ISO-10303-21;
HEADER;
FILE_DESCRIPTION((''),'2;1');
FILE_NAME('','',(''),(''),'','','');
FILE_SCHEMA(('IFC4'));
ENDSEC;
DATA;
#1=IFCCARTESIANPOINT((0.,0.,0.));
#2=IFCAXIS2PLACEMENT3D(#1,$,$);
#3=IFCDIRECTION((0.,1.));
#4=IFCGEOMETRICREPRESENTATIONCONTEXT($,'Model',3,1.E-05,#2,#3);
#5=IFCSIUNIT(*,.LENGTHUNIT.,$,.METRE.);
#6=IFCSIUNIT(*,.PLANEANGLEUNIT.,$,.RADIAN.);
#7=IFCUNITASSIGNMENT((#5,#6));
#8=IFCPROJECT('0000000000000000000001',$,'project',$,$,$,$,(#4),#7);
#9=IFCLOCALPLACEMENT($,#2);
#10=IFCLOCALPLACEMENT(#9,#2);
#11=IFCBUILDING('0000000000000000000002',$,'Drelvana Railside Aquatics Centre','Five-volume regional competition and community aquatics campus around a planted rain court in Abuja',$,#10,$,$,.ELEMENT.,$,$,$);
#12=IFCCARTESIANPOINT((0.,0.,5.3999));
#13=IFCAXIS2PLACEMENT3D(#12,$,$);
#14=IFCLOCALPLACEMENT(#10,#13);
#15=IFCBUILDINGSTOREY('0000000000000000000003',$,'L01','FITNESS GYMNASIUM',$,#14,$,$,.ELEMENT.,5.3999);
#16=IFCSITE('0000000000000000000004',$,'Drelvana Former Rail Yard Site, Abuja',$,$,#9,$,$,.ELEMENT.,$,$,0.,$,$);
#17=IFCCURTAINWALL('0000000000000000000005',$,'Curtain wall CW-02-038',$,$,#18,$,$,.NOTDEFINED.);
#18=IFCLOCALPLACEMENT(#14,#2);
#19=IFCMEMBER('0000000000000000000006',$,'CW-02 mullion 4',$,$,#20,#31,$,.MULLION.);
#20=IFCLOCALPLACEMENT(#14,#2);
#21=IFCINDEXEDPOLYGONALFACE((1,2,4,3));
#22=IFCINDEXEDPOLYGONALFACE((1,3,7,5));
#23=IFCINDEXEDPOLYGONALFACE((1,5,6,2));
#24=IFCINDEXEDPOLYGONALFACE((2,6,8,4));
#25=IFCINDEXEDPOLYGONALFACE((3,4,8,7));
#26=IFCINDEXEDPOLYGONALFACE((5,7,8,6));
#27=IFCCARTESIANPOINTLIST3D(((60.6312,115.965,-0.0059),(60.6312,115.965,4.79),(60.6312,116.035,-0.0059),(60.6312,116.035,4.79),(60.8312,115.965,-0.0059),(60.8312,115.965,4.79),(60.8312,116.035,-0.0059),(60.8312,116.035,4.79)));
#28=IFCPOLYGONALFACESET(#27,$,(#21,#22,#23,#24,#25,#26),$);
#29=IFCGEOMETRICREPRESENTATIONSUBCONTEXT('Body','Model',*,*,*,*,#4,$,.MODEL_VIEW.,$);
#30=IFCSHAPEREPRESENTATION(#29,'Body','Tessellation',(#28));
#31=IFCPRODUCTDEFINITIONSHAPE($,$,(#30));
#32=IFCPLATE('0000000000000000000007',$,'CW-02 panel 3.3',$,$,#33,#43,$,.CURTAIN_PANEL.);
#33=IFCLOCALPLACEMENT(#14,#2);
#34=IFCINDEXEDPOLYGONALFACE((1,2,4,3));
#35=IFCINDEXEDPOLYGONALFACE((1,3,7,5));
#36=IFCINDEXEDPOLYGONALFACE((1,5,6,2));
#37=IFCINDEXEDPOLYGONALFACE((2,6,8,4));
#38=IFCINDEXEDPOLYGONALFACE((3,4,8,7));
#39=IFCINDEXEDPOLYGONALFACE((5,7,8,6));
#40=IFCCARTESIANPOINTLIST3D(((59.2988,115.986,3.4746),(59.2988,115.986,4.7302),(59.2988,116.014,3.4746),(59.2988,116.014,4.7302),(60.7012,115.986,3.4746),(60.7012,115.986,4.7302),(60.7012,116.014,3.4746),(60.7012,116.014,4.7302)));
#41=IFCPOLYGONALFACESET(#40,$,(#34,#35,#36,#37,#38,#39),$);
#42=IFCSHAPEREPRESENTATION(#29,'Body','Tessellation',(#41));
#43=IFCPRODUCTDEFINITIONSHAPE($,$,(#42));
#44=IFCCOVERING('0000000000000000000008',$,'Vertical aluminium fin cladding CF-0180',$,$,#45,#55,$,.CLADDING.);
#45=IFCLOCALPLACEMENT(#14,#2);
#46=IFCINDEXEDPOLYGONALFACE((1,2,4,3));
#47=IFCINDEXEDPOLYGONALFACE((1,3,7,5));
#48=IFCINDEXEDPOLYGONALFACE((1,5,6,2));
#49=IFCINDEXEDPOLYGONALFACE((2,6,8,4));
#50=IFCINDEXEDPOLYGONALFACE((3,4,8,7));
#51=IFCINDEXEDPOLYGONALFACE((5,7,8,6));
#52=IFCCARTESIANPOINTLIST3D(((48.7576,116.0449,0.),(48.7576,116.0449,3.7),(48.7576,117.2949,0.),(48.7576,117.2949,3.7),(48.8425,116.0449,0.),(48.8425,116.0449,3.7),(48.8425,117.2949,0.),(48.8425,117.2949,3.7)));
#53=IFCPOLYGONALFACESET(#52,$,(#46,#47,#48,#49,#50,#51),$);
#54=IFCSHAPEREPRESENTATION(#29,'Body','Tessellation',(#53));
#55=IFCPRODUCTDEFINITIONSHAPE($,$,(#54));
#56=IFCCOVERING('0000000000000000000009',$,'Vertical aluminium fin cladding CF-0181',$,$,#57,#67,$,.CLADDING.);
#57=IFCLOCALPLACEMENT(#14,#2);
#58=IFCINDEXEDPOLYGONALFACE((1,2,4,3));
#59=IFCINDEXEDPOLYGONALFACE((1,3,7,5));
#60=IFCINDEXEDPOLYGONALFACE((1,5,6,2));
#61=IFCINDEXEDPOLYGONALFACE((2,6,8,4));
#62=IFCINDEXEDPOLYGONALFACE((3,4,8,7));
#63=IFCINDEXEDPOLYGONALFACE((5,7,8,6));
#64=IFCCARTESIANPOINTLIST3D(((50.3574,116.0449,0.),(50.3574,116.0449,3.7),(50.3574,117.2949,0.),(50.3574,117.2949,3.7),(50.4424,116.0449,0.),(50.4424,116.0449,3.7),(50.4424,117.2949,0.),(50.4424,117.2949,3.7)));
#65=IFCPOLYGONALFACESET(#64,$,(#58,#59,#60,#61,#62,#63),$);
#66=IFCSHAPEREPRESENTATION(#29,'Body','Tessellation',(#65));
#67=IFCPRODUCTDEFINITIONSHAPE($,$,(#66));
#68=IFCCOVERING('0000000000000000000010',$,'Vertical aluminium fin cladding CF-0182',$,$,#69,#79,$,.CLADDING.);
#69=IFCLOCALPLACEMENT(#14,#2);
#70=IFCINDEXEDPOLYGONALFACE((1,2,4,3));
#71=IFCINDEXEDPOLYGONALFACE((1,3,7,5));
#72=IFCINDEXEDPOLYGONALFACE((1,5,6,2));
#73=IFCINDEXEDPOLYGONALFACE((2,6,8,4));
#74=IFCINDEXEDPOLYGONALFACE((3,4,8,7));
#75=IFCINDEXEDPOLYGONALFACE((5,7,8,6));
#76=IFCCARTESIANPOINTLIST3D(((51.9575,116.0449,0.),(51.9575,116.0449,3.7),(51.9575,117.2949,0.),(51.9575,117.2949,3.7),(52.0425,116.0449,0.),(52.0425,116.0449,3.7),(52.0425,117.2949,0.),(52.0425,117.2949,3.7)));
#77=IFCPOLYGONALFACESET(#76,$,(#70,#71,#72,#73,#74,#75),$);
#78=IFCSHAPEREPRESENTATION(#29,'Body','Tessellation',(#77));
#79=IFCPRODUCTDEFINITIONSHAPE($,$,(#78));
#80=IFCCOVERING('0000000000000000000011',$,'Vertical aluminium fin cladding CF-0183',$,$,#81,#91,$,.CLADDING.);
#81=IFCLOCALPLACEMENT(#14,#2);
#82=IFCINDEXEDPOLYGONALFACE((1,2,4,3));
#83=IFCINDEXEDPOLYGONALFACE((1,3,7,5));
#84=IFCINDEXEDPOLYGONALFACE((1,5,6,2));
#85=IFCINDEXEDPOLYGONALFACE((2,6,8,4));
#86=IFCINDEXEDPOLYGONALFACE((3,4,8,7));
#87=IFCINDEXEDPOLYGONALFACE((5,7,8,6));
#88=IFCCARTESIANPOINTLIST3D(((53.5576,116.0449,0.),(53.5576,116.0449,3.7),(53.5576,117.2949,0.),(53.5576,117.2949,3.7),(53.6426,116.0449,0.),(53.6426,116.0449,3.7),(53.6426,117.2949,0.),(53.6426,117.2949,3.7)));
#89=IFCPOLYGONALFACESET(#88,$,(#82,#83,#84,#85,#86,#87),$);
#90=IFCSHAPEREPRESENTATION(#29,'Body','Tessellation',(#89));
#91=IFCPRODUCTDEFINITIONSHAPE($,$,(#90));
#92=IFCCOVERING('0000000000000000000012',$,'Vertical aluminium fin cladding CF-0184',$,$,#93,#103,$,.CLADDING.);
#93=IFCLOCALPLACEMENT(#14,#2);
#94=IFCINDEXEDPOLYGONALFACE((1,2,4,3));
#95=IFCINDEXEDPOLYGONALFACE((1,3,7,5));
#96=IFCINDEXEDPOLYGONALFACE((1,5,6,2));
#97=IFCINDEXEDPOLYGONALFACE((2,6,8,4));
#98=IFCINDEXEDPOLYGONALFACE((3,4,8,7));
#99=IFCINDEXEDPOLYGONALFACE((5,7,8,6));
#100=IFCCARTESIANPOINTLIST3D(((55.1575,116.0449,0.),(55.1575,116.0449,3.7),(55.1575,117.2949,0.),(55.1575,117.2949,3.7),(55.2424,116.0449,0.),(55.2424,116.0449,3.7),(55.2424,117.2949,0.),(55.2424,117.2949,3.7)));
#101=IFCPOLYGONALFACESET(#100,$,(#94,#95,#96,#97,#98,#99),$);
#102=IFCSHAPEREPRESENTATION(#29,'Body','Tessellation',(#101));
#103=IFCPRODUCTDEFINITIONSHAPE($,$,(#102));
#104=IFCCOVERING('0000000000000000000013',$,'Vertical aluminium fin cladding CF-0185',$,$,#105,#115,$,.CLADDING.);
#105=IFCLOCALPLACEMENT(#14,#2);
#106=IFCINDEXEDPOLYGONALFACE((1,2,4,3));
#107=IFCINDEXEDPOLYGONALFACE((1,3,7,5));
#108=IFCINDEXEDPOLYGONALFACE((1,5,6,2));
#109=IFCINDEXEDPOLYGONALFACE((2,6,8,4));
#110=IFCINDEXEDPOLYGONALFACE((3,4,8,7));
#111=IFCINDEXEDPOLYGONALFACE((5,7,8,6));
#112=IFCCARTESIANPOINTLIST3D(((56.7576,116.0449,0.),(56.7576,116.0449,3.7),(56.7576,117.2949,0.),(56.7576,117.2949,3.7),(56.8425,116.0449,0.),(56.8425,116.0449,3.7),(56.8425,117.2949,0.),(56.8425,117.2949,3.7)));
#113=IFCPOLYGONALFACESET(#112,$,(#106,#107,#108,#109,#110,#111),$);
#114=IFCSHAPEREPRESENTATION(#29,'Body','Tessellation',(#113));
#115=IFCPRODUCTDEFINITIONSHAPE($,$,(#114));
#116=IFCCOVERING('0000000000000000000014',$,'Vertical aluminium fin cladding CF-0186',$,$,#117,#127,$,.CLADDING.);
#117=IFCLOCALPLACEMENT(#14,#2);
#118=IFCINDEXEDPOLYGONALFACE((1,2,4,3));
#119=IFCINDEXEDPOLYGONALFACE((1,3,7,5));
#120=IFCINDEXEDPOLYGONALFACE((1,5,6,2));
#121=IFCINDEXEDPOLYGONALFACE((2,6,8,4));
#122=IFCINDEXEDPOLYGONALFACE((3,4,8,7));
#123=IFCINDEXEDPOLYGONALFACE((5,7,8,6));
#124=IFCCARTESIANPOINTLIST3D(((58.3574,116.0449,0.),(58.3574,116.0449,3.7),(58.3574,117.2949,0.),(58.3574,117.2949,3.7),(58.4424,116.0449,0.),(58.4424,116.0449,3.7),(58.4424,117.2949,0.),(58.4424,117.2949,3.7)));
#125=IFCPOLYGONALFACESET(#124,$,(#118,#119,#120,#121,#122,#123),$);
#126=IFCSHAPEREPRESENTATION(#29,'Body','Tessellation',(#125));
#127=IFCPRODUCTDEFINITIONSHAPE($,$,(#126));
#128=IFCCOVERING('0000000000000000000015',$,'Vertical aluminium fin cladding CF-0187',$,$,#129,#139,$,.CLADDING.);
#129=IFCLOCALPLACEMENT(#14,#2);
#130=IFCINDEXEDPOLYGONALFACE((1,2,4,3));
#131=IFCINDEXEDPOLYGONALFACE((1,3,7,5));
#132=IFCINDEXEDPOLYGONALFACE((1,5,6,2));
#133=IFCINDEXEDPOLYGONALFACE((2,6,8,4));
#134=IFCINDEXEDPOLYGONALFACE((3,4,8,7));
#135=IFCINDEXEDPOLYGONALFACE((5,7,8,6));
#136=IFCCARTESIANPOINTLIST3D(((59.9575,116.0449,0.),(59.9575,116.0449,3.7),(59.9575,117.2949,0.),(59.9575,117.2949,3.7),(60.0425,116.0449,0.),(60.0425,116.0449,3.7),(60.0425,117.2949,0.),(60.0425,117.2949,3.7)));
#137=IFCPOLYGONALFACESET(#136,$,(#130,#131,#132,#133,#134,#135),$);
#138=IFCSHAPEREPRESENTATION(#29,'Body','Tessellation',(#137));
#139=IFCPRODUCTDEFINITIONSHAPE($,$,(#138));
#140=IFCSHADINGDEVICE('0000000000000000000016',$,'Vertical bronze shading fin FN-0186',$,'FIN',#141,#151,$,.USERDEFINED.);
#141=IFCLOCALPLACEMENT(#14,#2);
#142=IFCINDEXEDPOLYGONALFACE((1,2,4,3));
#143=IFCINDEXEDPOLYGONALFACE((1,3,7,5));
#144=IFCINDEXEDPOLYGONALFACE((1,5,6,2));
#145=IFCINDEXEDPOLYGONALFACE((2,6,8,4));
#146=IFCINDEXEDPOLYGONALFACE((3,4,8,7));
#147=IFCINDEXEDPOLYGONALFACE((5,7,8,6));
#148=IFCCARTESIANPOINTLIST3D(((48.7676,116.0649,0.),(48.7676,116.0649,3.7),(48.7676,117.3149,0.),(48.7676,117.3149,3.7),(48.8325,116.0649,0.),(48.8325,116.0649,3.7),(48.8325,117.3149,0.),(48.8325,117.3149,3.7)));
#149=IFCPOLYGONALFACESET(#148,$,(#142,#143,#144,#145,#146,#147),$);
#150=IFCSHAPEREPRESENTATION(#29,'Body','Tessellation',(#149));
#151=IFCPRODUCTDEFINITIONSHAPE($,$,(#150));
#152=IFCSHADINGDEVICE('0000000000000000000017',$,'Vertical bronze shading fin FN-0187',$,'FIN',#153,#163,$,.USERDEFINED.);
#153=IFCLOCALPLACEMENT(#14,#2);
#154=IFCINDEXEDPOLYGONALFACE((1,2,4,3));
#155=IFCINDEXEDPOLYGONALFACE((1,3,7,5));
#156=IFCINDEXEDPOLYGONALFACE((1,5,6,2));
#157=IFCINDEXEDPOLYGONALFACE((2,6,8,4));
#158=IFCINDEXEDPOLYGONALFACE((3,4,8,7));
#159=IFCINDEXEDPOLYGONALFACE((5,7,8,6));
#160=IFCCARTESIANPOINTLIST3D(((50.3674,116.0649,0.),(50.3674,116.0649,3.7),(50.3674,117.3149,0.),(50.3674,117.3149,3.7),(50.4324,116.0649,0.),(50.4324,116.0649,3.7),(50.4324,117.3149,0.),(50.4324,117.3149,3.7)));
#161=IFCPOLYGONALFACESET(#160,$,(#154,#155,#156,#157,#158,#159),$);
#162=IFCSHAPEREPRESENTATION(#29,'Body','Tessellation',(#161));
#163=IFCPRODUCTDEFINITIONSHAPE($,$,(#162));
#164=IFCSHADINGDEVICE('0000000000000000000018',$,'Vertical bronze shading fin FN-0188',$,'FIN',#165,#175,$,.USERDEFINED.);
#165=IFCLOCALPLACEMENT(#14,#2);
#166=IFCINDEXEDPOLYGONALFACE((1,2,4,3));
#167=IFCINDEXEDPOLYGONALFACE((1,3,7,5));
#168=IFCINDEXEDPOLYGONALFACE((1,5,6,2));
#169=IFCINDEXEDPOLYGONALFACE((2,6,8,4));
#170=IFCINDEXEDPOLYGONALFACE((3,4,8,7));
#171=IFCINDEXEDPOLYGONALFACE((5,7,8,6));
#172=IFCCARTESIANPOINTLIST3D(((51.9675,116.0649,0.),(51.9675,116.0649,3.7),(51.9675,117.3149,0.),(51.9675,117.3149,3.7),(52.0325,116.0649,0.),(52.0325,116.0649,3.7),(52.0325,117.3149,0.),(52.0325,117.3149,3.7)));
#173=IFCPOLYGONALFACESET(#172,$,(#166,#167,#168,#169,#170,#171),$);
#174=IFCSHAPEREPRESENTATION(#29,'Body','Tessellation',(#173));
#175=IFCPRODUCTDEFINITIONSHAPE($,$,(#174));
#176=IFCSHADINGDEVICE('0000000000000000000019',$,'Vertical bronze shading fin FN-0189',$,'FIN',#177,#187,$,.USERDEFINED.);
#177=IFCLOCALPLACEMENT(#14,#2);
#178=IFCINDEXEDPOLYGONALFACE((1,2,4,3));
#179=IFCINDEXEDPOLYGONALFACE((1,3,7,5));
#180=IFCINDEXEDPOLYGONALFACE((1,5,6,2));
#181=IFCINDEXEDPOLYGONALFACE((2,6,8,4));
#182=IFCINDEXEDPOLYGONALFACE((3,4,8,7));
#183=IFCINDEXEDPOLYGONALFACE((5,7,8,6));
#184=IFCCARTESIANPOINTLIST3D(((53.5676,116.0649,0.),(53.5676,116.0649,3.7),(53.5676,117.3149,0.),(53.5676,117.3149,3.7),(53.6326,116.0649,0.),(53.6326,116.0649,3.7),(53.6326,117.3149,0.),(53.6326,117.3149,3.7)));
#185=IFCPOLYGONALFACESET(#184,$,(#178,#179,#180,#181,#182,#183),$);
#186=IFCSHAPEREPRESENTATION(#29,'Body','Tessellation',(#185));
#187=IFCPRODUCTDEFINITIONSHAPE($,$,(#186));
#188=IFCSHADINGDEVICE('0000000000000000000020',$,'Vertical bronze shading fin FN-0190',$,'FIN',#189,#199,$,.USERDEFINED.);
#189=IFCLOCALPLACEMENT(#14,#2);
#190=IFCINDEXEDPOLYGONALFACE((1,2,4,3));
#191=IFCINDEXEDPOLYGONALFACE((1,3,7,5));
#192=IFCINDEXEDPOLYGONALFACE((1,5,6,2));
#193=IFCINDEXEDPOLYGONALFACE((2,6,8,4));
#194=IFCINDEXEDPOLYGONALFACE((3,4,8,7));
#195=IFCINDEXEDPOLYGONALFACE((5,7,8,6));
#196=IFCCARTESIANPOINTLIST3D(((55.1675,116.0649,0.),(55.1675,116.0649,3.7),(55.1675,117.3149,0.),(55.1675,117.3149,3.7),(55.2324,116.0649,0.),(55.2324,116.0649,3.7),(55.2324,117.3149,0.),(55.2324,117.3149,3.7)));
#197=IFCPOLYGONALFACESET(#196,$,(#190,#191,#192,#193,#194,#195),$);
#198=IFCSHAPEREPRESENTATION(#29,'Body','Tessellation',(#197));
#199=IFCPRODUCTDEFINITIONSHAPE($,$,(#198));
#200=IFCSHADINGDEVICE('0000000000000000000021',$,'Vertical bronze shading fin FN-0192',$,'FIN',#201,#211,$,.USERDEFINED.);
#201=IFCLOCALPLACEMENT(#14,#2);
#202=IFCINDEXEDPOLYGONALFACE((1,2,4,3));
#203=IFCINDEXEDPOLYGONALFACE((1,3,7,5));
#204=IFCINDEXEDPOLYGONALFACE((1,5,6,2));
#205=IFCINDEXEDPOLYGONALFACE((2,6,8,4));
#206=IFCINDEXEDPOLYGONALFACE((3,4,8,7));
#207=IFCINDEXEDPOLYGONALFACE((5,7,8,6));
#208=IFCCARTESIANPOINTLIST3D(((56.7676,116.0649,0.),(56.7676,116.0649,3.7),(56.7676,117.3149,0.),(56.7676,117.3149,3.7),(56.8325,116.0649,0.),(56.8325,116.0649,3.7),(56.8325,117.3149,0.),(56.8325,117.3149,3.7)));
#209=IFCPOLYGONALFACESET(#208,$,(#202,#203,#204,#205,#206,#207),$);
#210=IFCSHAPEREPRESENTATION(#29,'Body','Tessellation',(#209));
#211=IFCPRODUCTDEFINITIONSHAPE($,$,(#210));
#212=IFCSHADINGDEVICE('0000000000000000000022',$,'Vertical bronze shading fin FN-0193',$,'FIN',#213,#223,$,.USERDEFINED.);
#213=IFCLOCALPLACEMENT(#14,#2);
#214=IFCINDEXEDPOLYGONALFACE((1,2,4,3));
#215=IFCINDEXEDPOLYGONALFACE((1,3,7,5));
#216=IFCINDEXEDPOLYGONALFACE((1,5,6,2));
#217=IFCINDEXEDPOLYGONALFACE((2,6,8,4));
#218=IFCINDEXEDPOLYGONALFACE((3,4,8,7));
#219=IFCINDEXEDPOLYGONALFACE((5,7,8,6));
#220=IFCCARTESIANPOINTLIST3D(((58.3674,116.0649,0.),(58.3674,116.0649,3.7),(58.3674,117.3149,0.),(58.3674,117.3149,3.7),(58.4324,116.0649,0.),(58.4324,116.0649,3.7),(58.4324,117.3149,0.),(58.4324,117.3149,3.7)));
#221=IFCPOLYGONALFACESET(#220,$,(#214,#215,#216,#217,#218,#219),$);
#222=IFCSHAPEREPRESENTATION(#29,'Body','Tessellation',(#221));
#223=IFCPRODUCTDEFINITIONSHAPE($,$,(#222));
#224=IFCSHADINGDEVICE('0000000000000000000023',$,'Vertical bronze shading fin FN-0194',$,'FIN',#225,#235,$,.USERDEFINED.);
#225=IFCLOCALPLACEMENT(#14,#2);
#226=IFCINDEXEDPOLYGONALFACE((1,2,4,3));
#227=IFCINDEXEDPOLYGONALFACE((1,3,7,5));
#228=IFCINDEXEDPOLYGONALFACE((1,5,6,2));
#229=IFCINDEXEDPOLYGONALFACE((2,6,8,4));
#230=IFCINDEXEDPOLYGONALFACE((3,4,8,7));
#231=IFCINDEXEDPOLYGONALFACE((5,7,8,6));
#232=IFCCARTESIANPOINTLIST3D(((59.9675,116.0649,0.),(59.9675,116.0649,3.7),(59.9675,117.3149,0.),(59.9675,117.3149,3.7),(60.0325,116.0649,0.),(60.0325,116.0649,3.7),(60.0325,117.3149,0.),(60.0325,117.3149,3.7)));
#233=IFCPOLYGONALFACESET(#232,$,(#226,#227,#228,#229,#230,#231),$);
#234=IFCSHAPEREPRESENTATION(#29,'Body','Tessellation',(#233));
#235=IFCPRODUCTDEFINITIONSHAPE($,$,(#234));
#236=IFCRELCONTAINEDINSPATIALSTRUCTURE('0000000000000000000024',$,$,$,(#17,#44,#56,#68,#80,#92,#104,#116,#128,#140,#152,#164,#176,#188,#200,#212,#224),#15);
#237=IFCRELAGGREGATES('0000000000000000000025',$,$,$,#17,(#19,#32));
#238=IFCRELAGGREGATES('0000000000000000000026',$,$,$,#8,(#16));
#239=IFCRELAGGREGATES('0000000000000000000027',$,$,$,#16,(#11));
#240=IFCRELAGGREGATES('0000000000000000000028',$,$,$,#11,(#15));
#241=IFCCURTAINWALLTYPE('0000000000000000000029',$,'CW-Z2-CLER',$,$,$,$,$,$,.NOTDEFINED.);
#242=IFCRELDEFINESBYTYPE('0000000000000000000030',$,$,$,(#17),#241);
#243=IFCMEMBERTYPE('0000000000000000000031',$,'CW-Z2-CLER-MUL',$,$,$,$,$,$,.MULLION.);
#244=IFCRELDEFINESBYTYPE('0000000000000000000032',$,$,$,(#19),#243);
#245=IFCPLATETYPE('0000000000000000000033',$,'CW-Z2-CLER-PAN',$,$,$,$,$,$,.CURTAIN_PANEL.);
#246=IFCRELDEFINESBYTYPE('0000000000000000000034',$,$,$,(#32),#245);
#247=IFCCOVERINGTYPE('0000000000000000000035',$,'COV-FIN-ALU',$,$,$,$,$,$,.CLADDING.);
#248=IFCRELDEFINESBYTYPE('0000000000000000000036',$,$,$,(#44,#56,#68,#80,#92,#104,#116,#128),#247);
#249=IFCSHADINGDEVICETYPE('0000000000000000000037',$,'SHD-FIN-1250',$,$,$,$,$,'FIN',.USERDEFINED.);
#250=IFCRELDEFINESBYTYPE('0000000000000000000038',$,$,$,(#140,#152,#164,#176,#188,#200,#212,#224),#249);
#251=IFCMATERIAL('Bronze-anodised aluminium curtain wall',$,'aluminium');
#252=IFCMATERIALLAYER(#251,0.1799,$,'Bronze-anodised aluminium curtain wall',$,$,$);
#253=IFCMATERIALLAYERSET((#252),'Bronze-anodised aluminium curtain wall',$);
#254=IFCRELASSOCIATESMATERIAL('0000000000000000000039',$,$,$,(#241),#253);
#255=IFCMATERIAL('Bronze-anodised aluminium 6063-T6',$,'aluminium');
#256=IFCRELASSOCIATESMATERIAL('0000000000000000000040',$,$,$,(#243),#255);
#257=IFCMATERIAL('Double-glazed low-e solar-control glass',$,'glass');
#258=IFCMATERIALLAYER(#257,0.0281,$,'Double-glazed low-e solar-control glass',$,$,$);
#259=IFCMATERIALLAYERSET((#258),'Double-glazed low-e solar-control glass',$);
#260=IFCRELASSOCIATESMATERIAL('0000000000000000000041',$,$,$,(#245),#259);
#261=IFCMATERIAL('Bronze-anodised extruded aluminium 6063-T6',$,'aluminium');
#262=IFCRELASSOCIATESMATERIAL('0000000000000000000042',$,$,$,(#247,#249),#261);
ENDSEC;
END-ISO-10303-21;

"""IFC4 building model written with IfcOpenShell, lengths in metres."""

from ifc_helpers import new_model, si_unit, direction, frame, origin, origin_2d, place, context, subcontext, project, spatial, rectangle, extrude, material, layer, layer_set, material_profile, profile_set, type_object, element, aggregate, save


model = new_model("IFC4")

# Units and contexts
model_context = context("Model", 3, precision=1e-05, world=origin(), true_north=direction((0.0, 1.0)))
body_context = subcontext(model_context, "Body", "Model", "MODEL_VIEW")
ifc_project = project(units=[si_unit("LENGTHUNIT", "METRE"), si_unit("PLANEANGLEUNIT", "RADIAN")], contexts=[model_context])

# Site, building, storey
site_placement = place(None, origin())
site = spatial("IfcSite", under=ifc_project, at=site_placement, Name="Drelvana Former Rail Yard Site, Abuja", CompositionType="ELEMENT", RefElevation=0.0)
building_placement = place(site_placement, origin())
building = spatial("IfcBuilding", under=site, at=building_placement, Name="Drelvana Railside Aquatics Centre", Description="Five-volume regional competition and community aquatics campus around a planted rain court in Abuja", CompositionType="ELEMENT")
storey_placement = place(building_placement, frame((0.0, 0.0, 5.3999)))
storey = spatial("IfcBuildingStorey", under=building, at=storey_placement, Name="L01", Description="FITNESS GYMNASIUM", CompositionType="ELEMENT", Elevation=5.3999)

# Curtain wall, member, plate
ifc_material_1 = material(Name="Bronze-anodised aluminium curtain wall", Category="aluminium")
ifc_layer_1 = layer(ifc_material_1, 0.1799, Name="Bronze-anodised aluminium curtain wall")
ifc_layer_set_1 = layer_set([ifc_layer_1], Name="Bronze-anodised aluminium curtain wall")
curtain_wall_type = type_object("IfcCurtainWallType", Name="CW-Z2-CLER", PredefinedType="NOTDEFINED", material=ifc_layer_set_1)
curtain_wall_placement = place(storey_placement, origin())
curtain_wall = element("IfcCurtainWall", 1, at=curtain_wall_placement, inside=storey, type_object=curtain_wall_type, Name="Curtain wall CW-02-038", PredefinedType="NOTDEFINED")
ifc_material_2 = material(Name="Bronze-anodised aluminium 6063-T6", Category="aluminium")
ifc_material_profile = material_profile(ifc_material_2, rectangle(XDim=0.0701, YDim=0.2, at=origin_2d()), Name="ALU-M 70x200")
ifc_profile_set = profile_set([ifc_material_profile], Name="Bronze-anodised aluminium 6063-T6")
member_type = type_object("IfcMemberType", Name="CW-Z2-CLER-MUL", PredefinedType="MULLION", material=ifc_profile_set)
member_placement = place(storey_placement, frame((60.7312, 116.0, -0.0059), z_axis=(0.0, 0.0, 1.0), x_axis=(0.0, 1.0, 0.0)))
member = element("IfcMember", 2, at=member_placement, type_object=member_type, Name="CW-02 mullion 4", PredefinedType="MULLION", context=body_context, shape_type="SweptSolid", body=[
    extrude(rectangle(XDim=0.0701, YDim=0.2, at=origin_2d()), origin(), (0.0, 0.0, 1.0), 4.7959),
])
ifc_material_3 = material(Name="Double-glazed low-e solar-control glass", Category="glass")
ifc_layer_2 = layer(ifc_material_3, 0.0281, Name="Double-glazed low-e solar-control glass")
ifc_layer_set_2 = layer_set([ifc_layer_2], Name="Double-glazed low-e solar-control glass")
plate_type = type_object("IfcPlateType", Name="CW-Z2-CLER-PAN", PredefinedType="CURTAIN_PANEL", material=ifc_layer_set_2)
plate_placement = place(storey_placement, frame((60.0, 116.0, 3.4746), z_axis=(0.0, 0.0, 1.0), x_axis=(1.0, 0.0, 0.0)))
plate = element("IfcPlate", 3, at=plate_placement, type_object=plate_type, Name="CW-02 panel 3.3", PredefinedType="CURTAIN_PANEL", context=body_context, shape_type="SweptSolid", body=[
    extrude(rectangle(XDim=1.4023, YDim=0.0281, at=origin_2d()), origin(), (0.0, 0.0, 1.0), 1.2556),
])
aggregate(curtain_wall, [member, plate])

# Coverings
ifc_material_4 = material(Name="Bronze-anodised extruded aluminium 6063-T6", Category="aluminium")
covering_type = type_object("IfcCoveringType", Name="COV-FIN-ALU", PredefinedType="CLADDING", material=ifc_material_4)
for number, where, z_axis, x_axis, name in (
    (4, (48.8, 116.6699, 0.0), (0.0, 0.0, 1.0), (1.0, 0.0, 0.0), "Vertical aluminium fin cladding CF-0180"),
    (5, (50.3999, 116.6699, 0.0), (0.0, 0.0, 1.0), (1.0, 0.0, 0.0), "Vertical aluminium fin cladding CF-0181"),
    (6, (52.0, 116.6699, 0.0), (0.0, 0.0, 1.0), (1.0, 0.0, 0.0), "Vertical aluminium fin cladding CF-0182"),
    (7, (53.6001, 116.6699, 0.0), (0.0, 0.0, 1.0), (1.0, 0.0, 0.0), "Vertical aluminium fin cladding CF-0183"),
    (8, (55.2, 116.6699, 0.0), (0.0, 0.0, 1.0), (1.0, 0.0, 0.0), "Vertical aluminium fin cladding CF-0184"),
    (9, (56.8, 116.6699, 0.0), (0.0, 0.0, 1.0), (1.0, 0.0, 0.0), "Vertical aluminium fin cladding CF-0185"),
    (10, (58.3999, 116.6699, 0.0), (0.0, 0.0, 1.0), (1.0, 0.0, 0.0), "Vertical aluminium fin cladding CF-0186"),
    (11, (60.0, 116.6699, 0.0), (0.0, 0.0, 1.0), (1.0, 0.0, 0.0), "Vertical aluminium fin cladding CF-0187"),
):
    element("IfcCovering", number, at=place(storey_placement, frame(where, z_axis=z_axis, x_axis=x_axis)), inside=storey, type_object=covering_type, Name=name, PredefinedType="CLADDING", context=body_context, shape_type="SweptSolid", body=[
        extrude(rectangle(XDim=0.085, YDim=1.25, at=origin_2d()), origin(), (0.0, 0.0, 1.0), 3.7),
    ])

# Shading devices
shading_device_type = type_object("IfcShadingDeviceType", Name="SHD-FIN-1250", ElementType="FIN", PredefinedType="USERDEFINED", material=ifc_material_4)
for number, where, z_axis, x_axis, name in (
    (12, (48.8, 116.6899, 0.0), (0.0, 0.0, 1.0), (0.0, 1.0, 0.0), "Vertical bronze shading fin FN-0186"),
    (13, (50.3999, 116.6899, 0.0), (0.0, 0.0, 1.0), (0.0, 1.0, 0.0), "Vertical bronze shading fin FN-0187"),
    (14, (52.0, 116.6899, 0.0), (0.0, 0.0, 1.0), (0.0, 1.0, 0.0), "Vertical bronze shading fin FN-0188"),
    (15, (53.6001, 116.6899, 0.0), (0.0, 0.0, 1.0), (0.0, 1.0, 0.0), "Vertical bronze shading fin FN-0189"),
    (16, (55.2, 116.6899, 0.0), (0.0, 0.0, 1.0), (0.0, 1.0, 0.0), "Vertical bronze shading fin FN-0190"),
    (17, (56.8, 116.6899, 0.0), (0.0, 0.0, 1.0), (0.0, 1.0, 0.0), "Vertical bronze shading fin FN-0192"),
    (18, (58.3999, 116.6899, 0.0), (0.0, 0.0, 1.0), (0.0, 1.0, 0.0), "Vertical bronze shading fin FN-0193"),
    (19, (60.0, 116.6899, 0.0), (0.0, 0.0, 1.0), (0.0, 1.0, 0.0), "Vertical bronze shading fin FN-0194"),
):
    element("IfcShadingDevice", number, at=place(storey_placement, frame(where, z_axis=z_axis, x_axis=x_axis)), inside=storey, type_object=shading_device_type, Name=name, ObjectType="FIN", PredefinedType="USERDEFINED", context=body_context, shape_type="SweptSolid", body=[
        extrude(rectangle(XDim=1.25, YDim=0.0649, at=origin_2d()), origin(), (0.0, 0.0, 1.0), 3.7),
    ])

save(model, "model.ifc")
